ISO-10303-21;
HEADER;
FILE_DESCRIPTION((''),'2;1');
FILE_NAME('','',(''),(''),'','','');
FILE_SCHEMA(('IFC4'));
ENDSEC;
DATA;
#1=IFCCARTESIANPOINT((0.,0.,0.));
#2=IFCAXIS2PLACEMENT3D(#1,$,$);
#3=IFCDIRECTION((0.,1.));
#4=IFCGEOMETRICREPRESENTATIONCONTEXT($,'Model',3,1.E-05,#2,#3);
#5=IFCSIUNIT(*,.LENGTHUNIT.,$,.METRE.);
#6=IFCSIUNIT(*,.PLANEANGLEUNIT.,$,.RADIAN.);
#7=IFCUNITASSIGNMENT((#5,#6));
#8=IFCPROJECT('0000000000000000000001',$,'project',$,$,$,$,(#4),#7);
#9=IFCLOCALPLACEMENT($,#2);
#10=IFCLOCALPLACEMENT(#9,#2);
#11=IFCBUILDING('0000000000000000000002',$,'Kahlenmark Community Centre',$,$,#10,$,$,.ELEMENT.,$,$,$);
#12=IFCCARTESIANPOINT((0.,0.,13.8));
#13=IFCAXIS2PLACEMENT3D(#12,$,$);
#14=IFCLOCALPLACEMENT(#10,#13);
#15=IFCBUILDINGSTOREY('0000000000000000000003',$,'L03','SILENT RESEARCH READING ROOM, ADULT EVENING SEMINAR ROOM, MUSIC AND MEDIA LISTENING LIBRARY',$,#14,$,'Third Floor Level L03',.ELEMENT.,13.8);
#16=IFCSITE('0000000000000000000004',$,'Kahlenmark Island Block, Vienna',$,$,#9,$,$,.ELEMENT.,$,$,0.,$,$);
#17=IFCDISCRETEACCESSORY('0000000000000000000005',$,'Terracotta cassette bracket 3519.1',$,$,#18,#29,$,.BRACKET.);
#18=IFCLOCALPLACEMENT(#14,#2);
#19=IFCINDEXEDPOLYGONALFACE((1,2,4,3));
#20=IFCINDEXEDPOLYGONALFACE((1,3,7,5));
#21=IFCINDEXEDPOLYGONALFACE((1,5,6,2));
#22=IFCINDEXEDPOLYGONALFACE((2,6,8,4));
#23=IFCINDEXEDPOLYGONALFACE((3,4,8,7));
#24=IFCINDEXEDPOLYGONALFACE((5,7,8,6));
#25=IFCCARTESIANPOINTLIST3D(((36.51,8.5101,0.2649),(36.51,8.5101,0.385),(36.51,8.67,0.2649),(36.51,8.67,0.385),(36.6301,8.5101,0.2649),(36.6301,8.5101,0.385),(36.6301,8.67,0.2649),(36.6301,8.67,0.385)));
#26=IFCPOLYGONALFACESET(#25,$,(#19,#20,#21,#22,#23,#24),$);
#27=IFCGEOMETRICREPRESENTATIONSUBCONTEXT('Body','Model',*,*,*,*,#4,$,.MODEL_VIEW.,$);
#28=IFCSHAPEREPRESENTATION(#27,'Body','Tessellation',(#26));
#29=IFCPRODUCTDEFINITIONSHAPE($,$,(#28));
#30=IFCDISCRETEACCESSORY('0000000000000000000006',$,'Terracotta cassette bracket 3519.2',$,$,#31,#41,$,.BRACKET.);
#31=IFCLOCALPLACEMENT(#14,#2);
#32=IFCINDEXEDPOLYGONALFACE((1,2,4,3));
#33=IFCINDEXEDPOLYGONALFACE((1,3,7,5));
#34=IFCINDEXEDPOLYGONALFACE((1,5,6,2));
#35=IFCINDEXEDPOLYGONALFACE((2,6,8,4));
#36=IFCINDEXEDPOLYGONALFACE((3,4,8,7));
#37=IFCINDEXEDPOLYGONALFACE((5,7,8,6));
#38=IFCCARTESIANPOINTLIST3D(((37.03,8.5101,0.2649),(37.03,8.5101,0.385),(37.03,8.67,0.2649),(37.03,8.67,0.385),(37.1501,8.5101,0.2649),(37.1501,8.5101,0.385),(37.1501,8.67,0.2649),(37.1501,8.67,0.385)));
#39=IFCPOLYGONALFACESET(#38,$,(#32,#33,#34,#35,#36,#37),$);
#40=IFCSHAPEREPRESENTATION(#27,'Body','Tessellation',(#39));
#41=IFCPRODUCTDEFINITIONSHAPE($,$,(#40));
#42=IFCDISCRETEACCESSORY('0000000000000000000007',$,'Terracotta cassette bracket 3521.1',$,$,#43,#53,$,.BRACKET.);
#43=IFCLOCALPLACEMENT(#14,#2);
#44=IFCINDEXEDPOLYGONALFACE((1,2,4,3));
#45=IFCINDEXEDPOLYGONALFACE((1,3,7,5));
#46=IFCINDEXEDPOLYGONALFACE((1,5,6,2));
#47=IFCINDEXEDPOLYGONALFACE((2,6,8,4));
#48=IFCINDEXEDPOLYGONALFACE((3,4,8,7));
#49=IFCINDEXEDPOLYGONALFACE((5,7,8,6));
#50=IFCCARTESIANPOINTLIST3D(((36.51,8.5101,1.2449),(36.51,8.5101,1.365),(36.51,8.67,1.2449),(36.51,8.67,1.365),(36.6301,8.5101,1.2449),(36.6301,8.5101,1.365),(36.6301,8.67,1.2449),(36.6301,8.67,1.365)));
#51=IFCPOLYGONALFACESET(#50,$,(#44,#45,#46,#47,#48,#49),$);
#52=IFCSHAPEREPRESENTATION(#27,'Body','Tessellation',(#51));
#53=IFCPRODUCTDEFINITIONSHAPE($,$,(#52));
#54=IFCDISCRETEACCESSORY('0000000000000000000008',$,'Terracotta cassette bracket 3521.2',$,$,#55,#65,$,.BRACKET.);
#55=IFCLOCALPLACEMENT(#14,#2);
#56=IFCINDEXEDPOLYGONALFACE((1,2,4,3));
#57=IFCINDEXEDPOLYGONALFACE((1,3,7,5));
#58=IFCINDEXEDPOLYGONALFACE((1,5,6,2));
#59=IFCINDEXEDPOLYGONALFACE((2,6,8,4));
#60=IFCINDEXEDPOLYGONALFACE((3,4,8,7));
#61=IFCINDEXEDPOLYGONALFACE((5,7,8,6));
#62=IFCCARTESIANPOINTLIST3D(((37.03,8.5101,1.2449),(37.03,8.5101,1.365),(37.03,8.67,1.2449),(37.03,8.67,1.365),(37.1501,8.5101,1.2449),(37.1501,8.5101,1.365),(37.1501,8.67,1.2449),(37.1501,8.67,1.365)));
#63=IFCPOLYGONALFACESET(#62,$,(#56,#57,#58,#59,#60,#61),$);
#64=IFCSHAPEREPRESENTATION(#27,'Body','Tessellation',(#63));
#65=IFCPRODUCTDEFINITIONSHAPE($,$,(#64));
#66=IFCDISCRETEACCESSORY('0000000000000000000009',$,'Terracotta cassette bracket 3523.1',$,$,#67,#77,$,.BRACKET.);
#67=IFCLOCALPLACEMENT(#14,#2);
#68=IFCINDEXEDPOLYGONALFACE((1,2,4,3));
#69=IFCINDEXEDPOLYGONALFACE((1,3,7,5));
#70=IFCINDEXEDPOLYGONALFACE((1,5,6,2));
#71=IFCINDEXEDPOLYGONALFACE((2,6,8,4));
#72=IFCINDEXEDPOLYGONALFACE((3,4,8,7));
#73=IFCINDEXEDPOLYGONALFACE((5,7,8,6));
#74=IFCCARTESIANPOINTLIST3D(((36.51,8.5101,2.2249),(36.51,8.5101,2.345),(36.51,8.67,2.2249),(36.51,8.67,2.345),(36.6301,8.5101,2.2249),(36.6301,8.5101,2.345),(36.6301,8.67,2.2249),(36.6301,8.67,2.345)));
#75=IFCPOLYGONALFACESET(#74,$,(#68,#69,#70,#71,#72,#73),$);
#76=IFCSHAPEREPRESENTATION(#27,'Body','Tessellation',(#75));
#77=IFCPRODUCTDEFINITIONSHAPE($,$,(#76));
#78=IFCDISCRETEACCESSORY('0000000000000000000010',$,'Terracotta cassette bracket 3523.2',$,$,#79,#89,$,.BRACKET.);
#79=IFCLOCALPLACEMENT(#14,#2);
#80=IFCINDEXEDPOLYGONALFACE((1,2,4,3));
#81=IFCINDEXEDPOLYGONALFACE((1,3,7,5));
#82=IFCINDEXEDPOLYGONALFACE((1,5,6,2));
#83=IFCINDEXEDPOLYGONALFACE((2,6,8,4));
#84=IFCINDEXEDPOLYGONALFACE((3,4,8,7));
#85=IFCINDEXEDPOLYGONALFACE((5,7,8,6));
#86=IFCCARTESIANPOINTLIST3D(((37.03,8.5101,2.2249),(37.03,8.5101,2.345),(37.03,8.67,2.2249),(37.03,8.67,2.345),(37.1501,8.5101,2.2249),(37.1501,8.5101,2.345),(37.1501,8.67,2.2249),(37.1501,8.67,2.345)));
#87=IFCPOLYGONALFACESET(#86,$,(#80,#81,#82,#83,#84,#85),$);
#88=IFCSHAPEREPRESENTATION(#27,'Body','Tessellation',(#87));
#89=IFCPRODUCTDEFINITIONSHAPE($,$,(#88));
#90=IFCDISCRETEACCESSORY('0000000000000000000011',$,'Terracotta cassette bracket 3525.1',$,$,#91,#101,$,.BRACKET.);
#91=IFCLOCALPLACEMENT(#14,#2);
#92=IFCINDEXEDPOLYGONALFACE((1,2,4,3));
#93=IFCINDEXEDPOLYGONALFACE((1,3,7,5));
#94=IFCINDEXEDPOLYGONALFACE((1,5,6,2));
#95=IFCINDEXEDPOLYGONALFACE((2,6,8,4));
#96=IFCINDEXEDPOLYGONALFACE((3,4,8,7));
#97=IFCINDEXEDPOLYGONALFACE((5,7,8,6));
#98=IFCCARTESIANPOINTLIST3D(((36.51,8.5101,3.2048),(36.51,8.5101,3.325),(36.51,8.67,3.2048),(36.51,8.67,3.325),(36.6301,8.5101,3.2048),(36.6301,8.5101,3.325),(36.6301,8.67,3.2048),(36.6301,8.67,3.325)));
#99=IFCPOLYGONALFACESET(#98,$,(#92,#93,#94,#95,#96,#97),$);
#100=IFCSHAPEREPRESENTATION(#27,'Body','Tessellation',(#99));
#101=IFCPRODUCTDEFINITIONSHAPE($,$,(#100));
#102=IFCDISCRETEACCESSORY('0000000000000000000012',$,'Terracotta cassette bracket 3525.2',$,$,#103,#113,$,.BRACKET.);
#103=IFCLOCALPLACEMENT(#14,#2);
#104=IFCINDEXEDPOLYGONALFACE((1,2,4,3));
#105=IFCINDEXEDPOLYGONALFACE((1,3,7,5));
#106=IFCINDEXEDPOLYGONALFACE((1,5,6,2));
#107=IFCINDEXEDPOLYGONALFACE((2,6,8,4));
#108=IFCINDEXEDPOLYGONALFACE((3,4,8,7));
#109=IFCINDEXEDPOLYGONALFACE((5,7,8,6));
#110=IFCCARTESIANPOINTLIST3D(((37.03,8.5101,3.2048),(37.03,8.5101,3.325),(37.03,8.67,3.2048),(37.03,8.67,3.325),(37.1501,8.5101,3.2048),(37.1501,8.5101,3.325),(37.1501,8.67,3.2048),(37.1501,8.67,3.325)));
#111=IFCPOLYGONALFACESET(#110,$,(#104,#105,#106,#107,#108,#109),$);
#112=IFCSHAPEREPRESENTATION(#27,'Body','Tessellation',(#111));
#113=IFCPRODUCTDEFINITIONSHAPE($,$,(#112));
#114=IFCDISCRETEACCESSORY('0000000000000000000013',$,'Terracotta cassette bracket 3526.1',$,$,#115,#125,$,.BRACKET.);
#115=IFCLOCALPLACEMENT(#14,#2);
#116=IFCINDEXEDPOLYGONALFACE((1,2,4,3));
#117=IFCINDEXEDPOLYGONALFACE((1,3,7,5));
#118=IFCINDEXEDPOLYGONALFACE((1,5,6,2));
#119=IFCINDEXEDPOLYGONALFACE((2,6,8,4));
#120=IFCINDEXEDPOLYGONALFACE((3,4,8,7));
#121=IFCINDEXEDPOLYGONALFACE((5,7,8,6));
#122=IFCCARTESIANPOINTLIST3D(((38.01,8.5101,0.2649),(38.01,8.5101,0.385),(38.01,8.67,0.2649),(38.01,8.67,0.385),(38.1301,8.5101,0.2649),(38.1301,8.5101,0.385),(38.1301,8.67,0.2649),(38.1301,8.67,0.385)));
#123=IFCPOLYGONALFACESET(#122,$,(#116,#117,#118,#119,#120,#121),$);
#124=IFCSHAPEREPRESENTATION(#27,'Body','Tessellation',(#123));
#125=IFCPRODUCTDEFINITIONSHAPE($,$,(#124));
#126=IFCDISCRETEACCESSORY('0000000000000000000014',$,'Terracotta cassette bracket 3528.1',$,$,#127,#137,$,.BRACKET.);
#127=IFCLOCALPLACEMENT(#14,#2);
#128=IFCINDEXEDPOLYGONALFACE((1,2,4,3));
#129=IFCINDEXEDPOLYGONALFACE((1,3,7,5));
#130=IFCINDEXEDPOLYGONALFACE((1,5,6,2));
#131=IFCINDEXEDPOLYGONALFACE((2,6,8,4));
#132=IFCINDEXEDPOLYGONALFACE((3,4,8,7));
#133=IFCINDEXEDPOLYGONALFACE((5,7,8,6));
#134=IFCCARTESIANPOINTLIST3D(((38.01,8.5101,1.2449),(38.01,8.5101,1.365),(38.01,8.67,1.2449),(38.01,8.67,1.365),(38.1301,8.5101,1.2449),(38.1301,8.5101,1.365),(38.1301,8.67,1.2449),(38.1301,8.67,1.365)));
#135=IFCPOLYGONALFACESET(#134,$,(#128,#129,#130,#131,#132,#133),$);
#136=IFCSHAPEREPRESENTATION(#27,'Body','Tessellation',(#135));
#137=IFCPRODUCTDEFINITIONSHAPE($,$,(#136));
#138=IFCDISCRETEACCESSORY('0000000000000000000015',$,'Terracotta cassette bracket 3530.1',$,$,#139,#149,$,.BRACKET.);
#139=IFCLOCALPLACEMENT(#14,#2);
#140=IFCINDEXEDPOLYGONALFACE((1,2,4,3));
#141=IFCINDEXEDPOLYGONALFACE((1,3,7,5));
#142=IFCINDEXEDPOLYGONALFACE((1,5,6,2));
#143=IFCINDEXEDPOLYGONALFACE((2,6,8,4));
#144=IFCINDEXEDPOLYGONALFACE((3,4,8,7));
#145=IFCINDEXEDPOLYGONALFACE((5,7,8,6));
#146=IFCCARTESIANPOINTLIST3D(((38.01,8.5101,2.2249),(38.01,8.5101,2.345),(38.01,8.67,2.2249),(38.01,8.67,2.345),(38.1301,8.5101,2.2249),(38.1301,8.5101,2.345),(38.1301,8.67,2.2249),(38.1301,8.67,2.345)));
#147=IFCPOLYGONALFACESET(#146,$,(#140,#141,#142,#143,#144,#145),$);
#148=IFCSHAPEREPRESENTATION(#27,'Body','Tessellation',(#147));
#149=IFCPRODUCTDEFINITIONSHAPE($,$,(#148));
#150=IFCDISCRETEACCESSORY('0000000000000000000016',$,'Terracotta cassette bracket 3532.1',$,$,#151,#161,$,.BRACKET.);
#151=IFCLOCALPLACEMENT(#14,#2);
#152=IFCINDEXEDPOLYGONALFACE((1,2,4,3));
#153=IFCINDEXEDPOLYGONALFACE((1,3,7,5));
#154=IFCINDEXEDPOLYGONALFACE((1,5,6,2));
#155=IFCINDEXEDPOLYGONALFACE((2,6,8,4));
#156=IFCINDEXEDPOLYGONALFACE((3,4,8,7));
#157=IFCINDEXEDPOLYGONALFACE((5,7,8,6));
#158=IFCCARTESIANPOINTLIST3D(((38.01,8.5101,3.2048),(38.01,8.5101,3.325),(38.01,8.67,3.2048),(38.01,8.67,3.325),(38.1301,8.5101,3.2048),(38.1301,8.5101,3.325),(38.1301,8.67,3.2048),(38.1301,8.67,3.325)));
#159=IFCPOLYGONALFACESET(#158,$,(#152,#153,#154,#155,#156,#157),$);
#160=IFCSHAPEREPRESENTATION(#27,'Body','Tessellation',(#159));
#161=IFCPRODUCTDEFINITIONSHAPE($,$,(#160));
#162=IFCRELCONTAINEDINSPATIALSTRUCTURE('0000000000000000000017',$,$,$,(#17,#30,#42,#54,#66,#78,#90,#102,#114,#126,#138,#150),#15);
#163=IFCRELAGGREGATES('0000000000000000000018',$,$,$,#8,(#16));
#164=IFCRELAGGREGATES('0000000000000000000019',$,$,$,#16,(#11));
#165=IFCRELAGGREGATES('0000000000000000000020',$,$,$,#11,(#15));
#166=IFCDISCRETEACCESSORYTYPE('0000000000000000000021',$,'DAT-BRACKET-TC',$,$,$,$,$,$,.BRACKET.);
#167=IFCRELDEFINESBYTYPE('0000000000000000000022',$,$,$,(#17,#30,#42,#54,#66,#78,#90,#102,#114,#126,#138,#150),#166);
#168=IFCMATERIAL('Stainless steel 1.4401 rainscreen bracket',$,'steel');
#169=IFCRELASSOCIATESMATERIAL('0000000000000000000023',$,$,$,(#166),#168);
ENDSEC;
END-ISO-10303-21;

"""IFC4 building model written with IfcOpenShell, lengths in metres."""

from ifc_helpers import new_model, si_unit, direction, frame, origin, origin_2d, place, context, subcontext, project, spatial, rectangle, extrude, material, type_object, element, save


model = new_model("IFC4")

# Units and contexts
model_context = context("Model", 3, precision=1e-05, world=origin(), true_north=direction((0.0, 1.0)))
body_context = subcontext(model_context, "Body", "Model", "MODEL_VIEW")
ifc_project = project(units=[si_unit("LENGTHUNIT", "METRE"), si_unit("PLANEANGLEUNIT", "RADIAN")], contexts=[model_context])

# Site, building, storey
site_placement = place(None, origin())
site = spatial("IfcSite", under=ifc_project, at=site_placement, Name="Kahlenmark Island Block, Vienna", CompositionType="ELEMENT", RefElevation=0.0)
building_placement = place(site_placement, origin())
building = spatial("IfcBuilding", under=site, at=building_placement, Name="Kahlenmark Community Centre", CompositionType="ELEMENT")
storey_placement = place(building_placement, frame((0.0, 0.0, 13.8)))
storey = spatial("IfcBuildingStorey", under=building, at=storey_placement, Name="L03", Description="SILENT RESEARCH READING ROOM, ADULT EVENING SEMINAR ROOM, MUSIC AND MEDIA LISTENING LIBRARY", LongName="Third Floor Level L03", CompositionType="ELEMENT", Elevation=13.8)

# Discrete accessories
ifc_material_1 = material(Name="Stainless steel 1.4401 rainscreen bracket", Category="steel")
discrete_accessory_type = type_object("IfcDiscreteAccessoryType", Name="DAT-BRACKET-TC", PredefinedType="BRACKET", material=ifc_material_1)
for number, where, z_axis, x_axis, name in (
    (1, (36.5701, 8.5901, 0.2649), (0.0, 0.0, 1.0), (1.0, 0.0, 0.0), "Terracotta cassette bracket 3519.1"),
    (2, (37.0901, 8.5901, 0.2649), (0.0, 0.0, 1.0), (1.0, 0.0, 0.0), "Terracotta cassette bracket 3519.2"),
    (3, (36.5701, 8.5901, 1.2449), (0.0, 0.0, 1.0), (1.0, 0.0, 0.0), "Terracotta cassette bracket 3521.1"),
    (4, (37.0901, 8.5901, 1.2449), (0.0, 0.0, 1.0), (1.0, 0.0, 0.0), "Terracotta cassette bracket 3521.2"),
    (5, (36.5701, 8.5901, 2.2249), (0.0, 0.0, 1.0), (1.0, 0.0, 0.0), "Terracotta cassette bracket 3523.1"),
    (6, (37.0901, 8.5901, 2.2249), (0.0, 0.0, 1.0), (1.0, 0.0, 0.0), "Terracotta cassette bracket 3523.2"),
    (7, (36.5701, 8.5901, 3.2048), (0.0, 0.0, 1.0), (1.0, 0.0, 0.0), "Terracotta cassette bracket 3525.1"),
    (8, (37.0901, 8.5901, 3.2048), (0.0, 0.0, 1.0), (1.0, 0.0, 0.0), "Terracotta cassette bracket 3525.2"),
    (9, (38.0701, 8.5901, 0.2649), (0.0, 0.0, 1.0), (1.0, 0.0, 0.0), "Terracotta cassette bracket 3526.1"),
    (10, (38.0701, 8.5901, 1.2449), (0.0, 0.0, 1.0), (1.0, 0.0, 0.0), "Terracotta cassette bracket 3528.1"),
    (11, (38.0701, 8.5901, 2.2249), (0.0, 0.0, 1.0), (1.0, 0.0, 0.0), "Terracotta cassette bracket 3530.1"),
    (12, (38.0701, 8.5901, 3.2048), (0.0, 0.0, 1.0), (1.0, 0.0, 0.0), "Terracotta cassette bracket 3532.1"),
):
    element("IfcDiscreteAccessory", number, at=place(storey_placement, frame(where, z_axis=z_axis, x_axis=x_axis)), inside=storey, type_object=discrete_accessory_type, Name=name, PredefinedType="BRACKET", context=body_context, shape_type="SweptSolid", body=[
        extrude(rectangle(XDim=0.1201, YDim=0.1599, at=origin_2d()), origin(), (0.0, 0.0, 1.0), 0.1201),
    ])

save(model, "model.ifc")
